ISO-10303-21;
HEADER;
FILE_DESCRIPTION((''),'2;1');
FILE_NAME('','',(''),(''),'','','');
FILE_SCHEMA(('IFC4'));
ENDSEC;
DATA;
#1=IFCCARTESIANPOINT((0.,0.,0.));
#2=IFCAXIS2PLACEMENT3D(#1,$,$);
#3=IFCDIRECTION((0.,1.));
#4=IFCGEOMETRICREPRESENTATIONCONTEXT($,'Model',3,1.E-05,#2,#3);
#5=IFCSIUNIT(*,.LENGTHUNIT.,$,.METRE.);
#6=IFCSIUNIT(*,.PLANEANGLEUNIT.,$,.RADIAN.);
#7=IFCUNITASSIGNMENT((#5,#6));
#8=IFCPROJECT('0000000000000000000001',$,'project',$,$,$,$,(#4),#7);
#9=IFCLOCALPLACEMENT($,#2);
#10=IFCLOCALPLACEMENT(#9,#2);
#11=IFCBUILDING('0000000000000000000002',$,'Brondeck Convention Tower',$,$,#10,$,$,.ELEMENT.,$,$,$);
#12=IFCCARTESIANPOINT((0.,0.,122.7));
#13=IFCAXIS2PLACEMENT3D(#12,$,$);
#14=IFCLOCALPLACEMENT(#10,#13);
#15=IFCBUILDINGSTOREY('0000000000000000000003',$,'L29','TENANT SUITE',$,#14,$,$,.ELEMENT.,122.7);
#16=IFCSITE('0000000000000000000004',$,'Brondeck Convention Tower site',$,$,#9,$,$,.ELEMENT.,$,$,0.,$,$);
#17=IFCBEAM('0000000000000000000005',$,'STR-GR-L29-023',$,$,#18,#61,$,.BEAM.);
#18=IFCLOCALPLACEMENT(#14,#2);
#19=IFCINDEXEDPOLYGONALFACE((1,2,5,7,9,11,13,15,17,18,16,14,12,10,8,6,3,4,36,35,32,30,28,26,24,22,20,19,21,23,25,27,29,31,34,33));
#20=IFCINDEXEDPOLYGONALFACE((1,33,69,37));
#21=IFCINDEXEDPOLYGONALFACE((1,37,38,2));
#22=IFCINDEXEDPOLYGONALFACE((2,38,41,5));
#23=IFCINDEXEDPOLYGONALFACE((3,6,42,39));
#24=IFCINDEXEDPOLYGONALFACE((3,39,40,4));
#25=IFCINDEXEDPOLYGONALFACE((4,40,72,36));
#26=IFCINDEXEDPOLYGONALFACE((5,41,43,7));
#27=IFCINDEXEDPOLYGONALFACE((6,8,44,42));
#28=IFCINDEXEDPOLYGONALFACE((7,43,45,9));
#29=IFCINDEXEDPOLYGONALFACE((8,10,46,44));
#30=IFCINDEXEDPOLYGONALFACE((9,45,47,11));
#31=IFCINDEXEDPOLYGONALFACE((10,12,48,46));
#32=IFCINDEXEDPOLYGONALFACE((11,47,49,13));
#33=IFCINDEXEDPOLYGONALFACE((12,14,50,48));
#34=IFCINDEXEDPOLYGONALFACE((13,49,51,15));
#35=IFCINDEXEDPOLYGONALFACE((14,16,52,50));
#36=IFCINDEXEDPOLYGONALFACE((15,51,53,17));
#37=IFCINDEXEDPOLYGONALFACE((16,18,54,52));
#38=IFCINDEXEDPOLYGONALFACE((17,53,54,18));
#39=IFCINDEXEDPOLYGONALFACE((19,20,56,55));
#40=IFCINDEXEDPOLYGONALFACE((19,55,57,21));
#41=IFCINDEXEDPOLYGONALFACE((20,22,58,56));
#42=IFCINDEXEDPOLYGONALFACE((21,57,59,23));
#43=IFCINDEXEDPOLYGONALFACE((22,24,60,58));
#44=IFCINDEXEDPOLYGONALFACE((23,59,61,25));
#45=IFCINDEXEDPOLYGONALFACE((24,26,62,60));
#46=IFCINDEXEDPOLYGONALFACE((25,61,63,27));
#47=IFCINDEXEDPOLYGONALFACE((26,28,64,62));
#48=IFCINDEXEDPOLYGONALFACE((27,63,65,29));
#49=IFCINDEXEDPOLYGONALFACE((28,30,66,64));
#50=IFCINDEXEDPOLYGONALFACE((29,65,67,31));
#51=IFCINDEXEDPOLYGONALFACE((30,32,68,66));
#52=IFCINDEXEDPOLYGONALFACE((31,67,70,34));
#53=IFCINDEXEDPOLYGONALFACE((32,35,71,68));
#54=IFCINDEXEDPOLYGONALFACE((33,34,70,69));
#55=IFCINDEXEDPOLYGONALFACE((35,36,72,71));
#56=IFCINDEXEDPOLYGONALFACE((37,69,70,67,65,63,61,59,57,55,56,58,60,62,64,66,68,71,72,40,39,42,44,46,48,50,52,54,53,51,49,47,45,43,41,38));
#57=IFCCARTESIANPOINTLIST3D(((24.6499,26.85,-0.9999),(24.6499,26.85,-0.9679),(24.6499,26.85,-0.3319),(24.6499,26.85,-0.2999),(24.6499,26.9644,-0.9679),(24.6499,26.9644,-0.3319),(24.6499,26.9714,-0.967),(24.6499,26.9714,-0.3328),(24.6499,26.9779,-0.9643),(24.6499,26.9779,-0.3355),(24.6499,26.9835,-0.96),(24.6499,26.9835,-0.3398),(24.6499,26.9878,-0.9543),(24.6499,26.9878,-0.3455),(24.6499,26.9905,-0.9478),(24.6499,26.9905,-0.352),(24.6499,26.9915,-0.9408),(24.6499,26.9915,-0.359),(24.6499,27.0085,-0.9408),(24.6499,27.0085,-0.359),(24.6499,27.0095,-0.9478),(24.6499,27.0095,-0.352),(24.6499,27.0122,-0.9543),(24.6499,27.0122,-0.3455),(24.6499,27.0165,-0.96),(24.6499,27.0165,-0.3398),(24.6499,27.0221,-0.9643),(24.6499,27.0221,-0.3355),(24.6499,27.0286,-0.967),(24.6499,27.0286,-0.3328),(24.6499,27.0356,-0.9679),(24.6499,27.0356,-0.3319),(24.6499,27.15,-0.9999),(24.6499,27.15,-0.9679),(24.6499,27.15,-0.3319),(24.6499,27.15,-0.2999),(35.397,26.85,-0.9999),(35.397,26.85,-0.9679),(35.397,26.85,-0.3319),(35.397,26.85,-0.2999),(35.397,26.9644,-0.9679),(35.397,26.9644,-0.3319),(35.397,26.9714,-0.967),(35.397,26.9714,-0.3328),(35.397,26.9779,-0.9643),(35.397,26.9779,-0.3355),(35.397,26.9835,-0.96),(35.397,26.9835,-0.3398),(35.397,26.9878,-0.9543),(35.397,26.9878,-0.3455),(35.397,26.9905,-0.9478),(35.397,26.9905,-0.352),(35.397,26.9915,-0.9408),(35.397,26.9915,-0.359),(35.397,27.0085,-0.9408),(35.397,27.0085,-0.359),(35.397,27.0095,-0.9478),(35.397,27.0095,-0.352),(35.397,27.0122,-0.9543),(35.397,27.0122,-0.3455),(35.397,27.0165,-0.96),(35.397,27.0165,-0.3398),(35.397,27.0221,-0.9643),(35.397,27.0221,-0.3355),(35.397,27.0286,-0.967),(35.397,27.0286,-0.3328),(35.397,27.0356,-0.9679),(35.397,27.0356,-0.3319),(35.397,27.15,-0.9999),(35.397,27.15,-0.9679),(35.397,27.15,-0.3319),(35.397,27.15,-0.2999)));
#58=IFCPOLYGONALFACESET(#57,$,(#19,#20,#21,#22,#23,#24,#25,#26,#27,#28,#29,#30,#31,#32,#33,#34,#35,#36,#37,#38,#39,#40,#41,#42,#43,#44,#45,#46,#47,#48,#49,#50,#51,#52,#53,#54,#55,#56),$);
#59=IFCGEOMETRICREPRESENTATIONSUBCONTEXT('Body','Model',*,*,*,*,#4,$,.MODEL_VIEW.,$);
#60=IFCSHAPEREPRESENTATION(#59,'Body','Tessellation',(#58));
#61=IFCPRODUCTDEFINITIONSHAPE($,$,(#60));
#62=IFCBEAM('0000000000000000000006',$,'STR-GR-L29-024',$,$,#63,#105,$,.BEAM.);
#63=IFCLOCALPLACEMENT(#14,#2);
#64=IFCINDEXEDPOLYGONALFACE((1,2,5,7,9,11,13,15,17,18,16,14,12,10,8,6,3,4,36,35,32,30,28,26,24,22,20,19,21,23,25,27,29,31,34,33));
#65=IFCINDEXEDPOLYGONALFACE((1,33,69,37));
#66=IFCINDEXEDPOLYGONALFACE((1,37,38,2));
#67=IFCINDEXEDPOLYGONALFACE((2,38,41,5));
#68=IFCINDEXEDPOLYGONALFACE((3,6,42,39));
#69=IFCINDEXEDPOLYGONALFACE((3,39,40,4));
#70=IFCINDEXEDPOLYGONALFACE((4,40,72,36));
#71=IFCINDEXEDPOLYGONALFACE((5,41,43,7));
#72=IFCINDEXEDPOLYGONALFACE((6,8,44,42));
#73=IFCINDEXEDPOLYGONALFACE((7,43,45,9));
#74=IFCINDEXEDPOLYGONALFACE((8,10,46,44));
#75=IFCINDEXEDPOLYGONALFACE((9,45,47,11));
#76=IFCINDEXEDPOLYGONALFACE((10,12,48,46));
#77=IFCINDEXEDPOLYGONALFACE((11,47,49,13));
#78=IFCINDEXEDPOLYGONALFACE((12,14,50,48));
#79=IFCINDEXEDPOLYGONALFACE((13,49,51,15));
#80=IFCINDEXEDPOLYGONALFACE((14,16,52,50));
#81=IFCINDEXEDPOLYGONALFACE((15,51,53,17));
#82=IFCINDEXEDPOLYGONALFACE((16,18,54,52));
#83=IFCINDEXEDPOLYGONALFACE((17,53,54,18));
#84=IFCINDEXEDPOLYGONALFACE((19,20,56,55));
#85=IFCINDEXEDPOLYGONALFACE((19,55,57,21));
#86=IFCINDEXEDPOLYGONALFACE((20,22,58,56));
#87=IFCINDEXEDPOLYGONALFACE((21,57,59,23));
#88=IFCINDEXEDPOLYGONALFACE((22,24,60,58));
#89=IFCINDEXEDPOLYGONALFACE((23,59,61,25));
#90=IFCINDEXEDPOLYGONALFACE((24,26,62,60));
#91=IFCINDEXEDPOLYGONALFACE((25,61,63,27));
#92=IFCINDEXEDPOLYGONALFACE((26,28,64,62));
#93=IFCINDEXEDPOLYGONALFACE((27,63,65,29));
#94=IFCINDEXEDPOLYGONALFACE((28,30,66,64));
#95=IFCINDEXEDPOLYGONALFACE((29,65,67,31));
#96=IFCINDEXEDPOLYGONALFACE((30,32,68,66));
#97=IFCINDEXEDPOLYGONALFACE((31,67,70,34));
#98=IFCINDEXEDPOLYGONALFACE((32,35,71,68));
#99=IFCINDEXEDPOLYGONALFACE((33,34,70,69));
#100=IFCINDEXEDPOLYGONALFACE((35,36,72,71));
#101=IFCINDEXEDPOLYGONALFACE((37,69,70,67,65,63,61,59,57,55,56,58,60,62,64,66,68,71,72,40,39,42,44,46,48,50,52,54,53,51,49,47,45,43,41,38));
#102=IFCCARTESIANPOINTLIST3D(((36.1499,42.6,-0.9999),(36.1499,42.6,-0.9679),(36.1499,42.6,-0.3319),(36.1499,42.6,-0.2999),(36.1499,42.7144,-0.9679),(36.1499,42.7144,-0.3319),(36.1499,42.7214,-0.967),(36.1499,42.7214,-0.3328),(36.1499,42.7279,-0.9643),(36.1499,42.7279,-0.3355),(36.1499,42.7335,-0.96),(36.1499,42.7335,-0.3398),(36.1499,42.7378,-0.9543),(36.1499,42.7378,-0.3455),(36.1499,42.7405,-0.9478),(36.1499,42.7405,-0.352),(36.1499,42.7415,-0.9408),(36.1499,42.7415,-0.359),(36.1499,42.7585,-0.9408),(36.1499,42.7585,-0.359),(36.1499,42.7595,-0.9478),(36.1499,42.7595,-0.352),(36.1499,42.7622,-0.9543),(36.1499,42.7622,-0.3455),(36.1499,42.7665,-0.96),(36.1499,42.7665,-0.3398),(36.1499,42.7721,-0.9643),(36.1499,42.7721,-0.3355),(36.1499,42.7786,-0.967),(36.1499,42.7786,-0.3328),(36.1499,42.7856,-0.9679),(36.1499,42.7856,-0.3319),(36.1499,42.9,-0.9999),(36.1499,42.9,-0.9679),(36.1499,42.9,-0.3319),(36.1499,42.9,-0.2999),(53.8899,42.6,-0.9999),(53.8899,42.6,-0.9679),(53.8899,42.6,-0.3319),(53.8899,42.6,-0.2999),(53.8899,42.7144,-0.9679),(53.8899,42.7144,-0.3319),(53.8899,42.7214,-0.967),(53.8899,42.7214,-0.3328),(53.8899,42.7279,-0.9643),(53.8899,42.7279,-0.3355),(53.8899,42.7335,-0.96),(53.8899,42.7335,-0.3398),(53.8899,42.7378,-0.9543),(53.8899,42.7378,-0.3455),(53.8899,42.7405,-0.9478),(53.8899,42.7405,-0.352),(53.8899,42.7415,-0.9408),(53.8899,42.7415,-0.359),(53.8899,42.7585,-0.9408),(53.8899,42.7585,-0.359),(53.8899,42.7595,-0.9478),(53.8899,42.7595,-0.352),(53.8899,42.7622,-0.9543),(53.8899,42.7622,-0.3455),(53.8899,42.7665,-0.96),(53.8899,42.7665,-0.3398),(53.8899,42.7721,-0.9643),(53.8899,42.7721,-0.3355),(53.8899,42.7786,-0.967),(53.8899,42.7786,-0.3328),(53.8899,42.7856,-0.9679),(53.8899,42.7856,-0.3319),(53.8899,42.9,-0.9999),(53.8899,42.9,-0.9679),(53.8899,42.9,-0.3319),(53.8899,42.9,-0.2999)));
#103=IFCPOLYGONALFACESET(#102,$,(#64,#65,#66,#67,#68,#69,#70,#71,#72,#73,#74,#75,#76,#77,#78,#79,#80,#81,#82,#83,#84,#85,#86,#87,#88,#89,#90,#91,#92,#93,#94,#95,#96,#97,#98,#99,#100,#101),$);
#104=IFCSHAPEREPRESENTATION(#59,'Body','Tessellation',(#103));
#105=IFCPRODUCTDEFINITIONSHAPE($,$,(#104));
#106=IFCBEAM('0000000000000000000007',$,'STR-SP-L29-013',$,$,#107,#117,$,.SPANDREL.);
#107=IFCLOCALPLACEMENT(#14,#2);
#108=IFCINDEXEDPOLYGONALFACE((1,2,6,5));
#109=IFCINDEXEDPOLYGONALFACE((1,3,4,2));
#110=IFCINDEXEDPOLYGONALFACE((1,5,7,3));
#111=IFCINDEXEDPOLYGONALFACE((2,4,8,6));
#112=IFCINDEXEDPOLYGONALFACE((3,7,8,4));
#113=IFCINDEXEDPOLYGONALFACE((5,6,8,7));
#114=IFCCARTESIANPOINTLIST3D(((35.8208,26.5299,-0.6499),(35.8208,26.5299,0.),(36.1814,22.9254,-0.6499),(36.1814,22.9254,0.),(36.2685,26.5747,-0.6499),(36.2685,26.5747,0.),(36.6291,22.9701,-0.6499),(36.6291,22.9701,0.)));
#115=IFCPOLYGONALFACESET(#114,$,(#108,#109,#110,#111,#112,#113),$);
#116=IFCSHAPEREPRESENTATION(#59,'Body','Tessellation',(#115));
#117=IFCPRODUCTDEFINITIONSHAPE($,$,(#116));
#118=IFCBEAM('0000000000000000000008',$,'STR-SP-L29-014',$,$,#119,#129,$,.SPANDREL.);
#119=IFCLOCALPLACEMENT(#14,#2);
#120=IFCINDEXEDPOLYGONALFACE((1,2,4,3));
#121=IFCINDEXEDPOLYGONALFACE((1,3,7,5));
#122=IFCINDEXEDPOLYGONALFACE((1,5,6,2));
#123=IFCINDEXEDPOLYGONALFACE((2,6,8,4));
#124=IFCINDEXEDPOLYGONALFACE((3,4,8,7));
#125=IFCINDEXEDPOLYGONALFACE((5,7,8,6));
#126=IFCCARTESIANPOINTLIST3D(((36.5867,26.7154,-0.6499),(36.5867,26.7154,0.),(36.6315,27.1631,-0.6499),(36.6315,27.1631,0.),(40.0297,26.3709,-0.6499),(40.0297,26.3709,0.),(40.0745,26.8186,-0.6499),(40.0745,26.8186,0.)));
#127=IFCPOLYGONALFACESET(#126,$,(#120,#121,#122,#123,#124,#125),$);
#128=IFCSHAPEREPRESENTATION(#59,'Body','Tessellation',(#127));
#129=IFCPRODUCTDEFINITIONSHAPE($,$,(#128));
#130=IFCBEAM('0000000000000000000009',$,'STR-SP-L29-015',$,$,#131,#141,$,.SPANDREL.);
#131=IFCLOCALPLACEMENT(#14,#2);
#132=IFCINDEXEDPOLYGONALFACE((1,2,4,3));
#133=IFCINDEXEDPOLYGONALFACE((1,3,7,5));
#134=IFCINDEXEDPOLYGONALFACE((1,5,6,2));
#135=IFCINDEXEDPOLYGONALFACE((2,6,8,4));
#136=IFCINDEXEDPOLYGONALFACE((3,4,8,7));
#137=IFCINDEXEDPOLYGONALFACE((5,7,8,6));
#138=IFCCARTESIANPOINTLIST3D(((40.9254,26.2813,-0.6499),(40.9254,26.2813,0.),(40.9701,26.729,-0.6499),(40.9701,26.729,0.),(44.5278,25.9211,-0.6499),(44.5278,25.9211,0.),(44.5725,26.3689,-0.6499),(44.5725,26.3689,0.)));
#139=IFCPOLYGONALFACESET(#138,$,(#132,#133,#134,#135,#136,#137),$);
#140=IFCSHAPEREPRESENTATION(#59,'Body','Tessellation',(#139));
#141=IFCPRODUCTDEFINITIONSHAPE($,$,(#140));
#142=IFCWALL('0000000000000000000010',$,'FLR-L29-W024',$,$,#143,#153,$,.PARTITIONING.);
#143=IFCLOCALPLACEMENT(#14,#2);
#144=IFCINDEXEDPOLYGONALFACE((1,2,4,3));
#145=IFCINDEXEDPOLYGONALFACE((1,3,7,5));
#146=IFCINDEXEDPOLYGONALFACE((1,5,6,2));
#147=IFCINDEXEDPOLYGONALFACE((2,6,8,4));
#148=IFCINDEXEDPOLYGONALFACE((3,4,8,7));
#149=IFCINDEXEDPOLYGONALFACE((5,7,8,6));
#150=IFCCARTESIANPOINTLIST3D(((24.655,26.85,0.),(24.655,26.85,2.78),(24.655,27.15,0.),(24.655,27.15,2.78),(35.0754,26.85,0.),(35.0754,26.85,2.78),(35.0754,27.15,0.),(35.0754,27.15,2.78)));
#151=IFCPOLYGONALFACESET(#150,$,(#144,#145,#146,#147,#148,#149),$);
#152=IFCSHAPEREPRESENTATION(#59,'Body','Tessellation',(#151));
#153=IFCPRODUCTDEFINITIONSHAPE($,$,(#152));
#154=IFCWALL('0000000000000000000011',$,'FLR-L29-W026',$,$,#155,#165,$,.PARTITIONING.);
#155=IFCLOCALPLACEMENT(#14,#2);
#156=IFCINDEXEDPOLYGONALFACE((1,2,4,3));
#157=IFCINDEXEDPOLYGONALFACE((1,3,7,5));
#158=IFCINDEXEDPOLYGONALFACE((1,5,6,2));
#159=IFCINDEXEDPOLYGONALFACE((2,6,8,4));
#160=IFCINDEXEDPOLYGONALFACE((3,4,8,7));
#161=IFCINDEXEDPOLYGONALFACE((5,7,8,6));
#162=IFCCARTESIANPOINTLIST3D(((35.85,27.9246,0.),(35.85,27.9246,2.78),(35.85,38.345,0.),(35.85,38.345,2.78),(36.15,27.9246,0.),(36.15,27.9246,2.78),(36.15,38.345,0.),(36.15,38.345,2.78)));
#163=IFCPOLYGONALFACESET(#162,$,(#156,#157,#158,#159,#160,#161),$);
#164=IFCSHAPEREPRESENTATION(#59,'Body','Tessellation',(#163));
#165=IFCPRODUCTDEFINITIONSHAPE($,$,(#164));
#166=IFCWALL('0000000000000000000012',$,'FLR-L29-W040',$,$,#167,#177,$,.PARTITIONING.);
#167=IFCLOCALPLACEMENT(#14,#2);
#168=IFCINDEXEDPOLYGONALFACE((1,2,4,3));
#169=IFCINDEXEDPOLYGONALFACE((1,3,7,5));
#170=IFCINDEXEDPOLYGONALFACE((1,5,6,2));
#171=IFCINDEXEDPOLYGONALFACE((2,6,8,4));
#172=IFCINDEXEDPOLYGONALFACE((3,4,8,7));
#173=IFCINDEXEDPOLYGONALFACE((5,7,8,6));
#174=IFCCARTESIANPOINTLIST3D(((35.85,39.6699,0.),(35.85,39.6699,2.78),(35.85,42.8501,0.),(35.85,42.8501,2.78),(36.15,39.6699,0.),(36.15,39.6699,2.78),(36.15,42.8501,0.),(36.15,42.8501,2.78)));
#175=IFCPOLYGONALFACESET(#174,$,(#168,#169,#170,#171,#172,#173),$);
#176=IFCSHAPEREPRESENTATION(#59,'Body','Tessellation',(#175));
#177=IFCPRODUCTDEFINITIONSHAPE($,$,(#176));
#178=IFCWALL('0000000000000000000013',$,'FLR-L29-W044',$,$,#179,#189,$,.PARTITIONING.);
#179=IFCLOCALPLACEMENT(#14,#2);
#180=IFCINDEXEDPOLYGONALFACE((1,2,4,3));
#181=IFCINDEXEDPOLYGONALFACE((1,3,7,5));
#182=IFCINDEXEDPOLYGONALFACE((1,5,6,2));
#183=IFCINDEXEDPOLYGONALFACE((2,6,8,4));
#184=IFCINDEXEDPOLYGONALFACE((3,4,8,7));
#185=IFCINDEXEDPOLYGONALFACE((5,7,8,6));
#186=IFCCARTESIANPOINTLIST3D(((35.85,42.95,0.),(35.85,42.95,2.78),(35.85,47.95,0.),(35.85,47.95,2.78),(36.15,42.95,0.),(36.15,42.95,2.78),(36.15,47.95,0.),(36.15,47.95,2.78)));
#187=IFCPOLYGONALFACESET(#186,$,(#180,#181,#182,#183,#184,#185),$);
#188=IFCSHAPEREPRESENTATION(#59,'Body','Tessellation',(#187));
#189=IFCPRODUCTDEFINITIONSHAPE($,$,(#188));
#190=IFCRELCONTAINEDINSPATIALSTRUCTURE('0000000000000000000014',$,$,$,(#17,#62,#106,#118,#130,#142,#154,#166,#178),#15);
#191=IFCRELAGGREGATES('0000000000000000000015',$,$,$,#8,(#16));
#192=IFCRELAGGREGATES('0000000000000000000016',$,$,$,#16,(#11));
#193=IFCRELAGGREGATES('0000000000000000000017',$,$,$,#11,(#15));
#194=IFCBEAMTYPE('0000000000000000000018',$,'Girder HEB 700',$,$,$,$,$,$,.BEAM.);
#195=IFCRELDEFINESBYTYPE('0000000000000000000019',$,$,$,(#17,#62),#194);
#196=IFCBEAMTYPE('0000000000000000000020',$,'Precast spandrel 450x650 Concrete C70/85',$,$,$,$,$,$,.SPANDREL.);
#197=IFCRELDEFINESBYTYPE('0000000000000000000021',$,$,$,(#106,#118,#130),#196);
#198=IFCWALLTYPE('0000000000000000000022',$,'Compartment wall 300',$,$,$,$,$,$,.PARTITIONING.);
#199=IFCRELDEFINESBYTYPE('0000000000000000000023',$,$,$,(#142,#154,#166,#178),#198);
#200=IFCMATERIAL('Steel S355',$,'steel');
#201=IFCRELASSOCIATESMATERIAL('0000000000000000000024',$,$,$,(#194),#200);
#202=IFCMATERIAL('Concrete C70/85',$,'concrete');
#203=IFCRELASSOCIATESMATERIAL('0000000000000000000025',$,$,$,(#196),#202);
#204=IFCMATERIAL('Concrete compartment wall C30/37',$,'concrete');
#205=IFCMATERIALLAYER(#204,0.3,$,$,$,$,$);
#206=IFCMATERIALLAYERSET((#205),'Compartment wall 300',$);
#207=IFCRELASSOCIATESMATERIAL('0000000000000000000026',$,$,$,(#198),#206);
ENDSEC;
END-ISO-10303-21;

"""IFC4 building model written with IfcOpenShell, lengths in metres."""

from ifc_helpers import new_model, si_unit, direction, frame, frame_2d, origin, origin_2d, place, context, subcontext, project, spatial, rectangle, i_section, extrude, material, layer, layer_set, material_profile, profile_set, type_object, element, save


model = new_model("IFC4")

# Units and contexts
model_context = context("Model", 3, precision=1e-05, world=origin(), true_north=direction((0.0, 1.0)))
body_context = subcontext(model_context, "Body", "Model", "MODEL_VIEW")
ifc_project = project(units=[si_unit("LENGTHUNIT", "METRE"), si_unit("PLANEANGLEUNIT", "RADIAN")], contexts=[model_context])

# Site, building, storey
site_placement = place(None, origin())
site = spatial("IfcSite", under=ifc_project, at=site_placement, Name="Brondeck Convention Tower site", CompositionType="ELEMENT", RefElevation=0.0)
building_placement = place(site_placement, origin())
building = spatial("IfcBuilding", under=site, at=building_placement, Name="Brondeck Convention Tower", CompositionType="ELEMENT")
storey_placement = place(building_placement, frame((0.0, 0.0, 122.7)))
storey = spatial("IfcBuildingStorey", under=building, at=storey_placement, Name="L29", Description="TENANT SUITE", CompositionType="ELEMENT", Elevation=122.7)

# Shared definitions
ifc_material_1 = material(Name="Concrete C70/85", Category="concrete")

# Beams
ifc_material_2 = material(Name="Steel S355", Category="steel")
ifc_material_profile_1 = material_profile(ifc_material_2, i_section(OverallWidth=0.3, OverallDepth=0.7, WebThickness=0.0171, FlangeThickness=0.032, FilletRadius=0.0271, at=origin_2d()), Name="HEB 700")
ifc_profile_set_1 = profile_set([ifc_material_profile_1], Name="Steel S355")
beam_type_1 = type_object("IfcBeamType", Name="Girder HEB 700", PredefinedType="BEAM", material=ifc_profile_set_1)
beam_1_placement = place(storey_placement, frame((24.6499, 27.0, -0.6499), z_axis=(1.0, 0.0, 0.0), x_axis=(0.0, 1.0, 0.0)))
element("IfcBeam", 1, at=beam_1_placement, inside=storey, type_object=beam_type_1, Name="STR-GR-L29-023", PredefinedType="BEAM", context=body_context, shape_type="SweptSolid", body=[
    extrude(i_section(OverallWidth=0.3, OverallDepth=0.7, WebThickness=0.0171, FlangeThickness=0.032, FilletRadius=0.0271, at=origin_2d()), origin(), (0.0, 0.0, 1.0), 10.7471),
])
beam_2_placement = place(storey_placement, frame((36.1499, 42.75, -0.6499), z_axis=(1.0, 0.0, 0.0), x_axis=(0.0, 1.0, 0.0)))
element("IfcBeam", 2, at=beam_2_placement, inside=storey, type_object=beam_type_1, Name="STR-GR-L29-024", PredefinedType="BEAM", context=body_context, shape_type="SweptSolid", body=[
    extrude(i_section(OverallWidth=0.3, OverallDepth=0.7, WebThickness=0.0171, FlangeThickness=0.032, FilletRadius=0.0271, at=origin_2d()), origin(), (0.0, 0.0, 1.0), 17.74),
])
ifc_material_profile_2 = material_profile(ifc_material_1, rectangle(XDim=0.45, YDim=0.6499, at=origin_2d()), Name="Precast spandrel 450x650 Concrete C70/85")
ifc_profile_set_2 = profile_set([ifc_material_profile_2], Name="Concrete C70/85")
beam_type_2 = type_object("IfcBeamType", Name="Precast spandrel 450x650 Concrete C70/85", PredefinedType="SPANDREL", material=ifc_profile_set_2)
beam_3_placement = place(storey_placement, frame((36.4053, 22.9478, -0.325), z_axis=(-0.099544, 0.995033, 0.0), x_axis=(-0.995033, -0.099544, 0.0)))
element("IfcBeam", 3, at=beam_3_placement, inside=storey, type_object=beam_type_2, Name="STR-SP-L29-013", PredefinedType="SPANDREL", context=body_context, shape_type="SweptSolid", body=[
    extrude(rectangle(XDim=0.45, YDim=0.6499, at=origin_2d()), origin(), (0.0, 0.0, 1.0), 3.6226),
])
beam_4_placement = place(storey_placement, frame((36.6091, 26.9392, -0.325), z_axis=(0.995032, -0.099553, 0.0), x_axis=(0.099553, 0.995032, 0.0)))
element("IfcBeam", 4, at=beam_4_placement, inside=storey, type_object=beam_type_2, Name="STR-SP-L29-014", PredefinedType="SPANDREL", context=body_context, shape_type="SweptSolid", body=[
    extrude(rectangle(XDim=0.45, YDim=0.6499, at=origin_2d()), origin(), (0.0, 0.0, 1.0), 3.4602),
])
beam_5_placement = place(storey_placement, frame((40.9478, 26.5051, -0.325), z_axis=(0.995041, -0.09947, 0.0), x_axis=(0.09947, 0.995041, 0.0)))
element("IfcBeam", 5, at=beam_5_placement, inside=storey, type_object=beam_type_2, Name="STR-SP-L29-015", PredefinedType="SPANDREL", context=body_context, shape_type="SweptSolid", body=[
    extrude(rectangle(XDim=0.45, YDim=0.6499, at=origin_2d()), origin(), (0.0, 0.0, 1.0), 3.6204),
])

# Walls
ifc_material_3 = material(Name="Concrete compartment wall C30/37", Category="concrete")
ifc_layer_1 = layer(ifc_material_3, 0.3)
ifc_layer_set_1 = layer_set([ifc_layer_1], Name="Compartment wall 300")
wall_type_1 = type_object("IfcWallType", Name="Compartment wall 300", PredefinedType="PARTITIONING", material=ifc_layer_set_1)
for number, where, z_axis, x_axis, name in (
    (6, (24.655, 27.0, 0.0), (0.0, 0.0, 1.0), (1.0, 0.0, 0.0), "FLR-L29-W024"),
    (7, (36.0, 27.9246, 0.0), (0.0, 0.0, 1.0), (0.0, 1.0, 0.0), "FLR-L29-W026"),
):
    element("IfcWall", number, at=place(storey_placement, frame(where, z_axis=z_axis, x_axis=x_axis)), inside=storey, type_object=wall_type_1, Name=name, PredefinedType="PARTITIONING", context=body_context, shape_type="SweptSolid", body=[
        extrude(rectangle(XDim=10.4204, YDim=0.3, at=frame_2d((5.2102, 0.0))), origin(), (0.0, 0.0, 1.0), 2.78),
    ])
wall_1_placement = place(storey_placement, frame((36.0, 39.6699, 0.0), z_axis=(0.0, 0.0, 1.0), x_axis=(0.0, 1.0, 0.0)))
element("IfcWall", 8, at=wall_1_placement, inside=storey, type_object=wall_type_1, Name="FLR-L29-W040", PredefinedType="PARTITIONING", context=body_context, shape_type="SweptSolid", body=[
    extrude(rectangle(XDim=3.1802, YDim=0.3, at=frame_2d((1.5901, 0.0))), origin(), (0.0, 0.0, 1.0), 2.78),
])
wall_2_placement = place(storey_placement, frame((36.0, 42.95, 0.0), z_axis=(0.0, 0.0, 1.0), x_axis=(0.0, 1.0, 0.0)))
element("IfcWall", 9, at=wall_2_placement, inside=storey, type_object=wall_type_1, Name="FLR-L29-W044", PredefinedType="PARTITIONING", context=body_context, shape_type="SweptSolid", body=[
    extrude(rectangle(XDim=5.0, YDim=0.3, at=frame_2d((2.5, 0.0))), origin(), (0.0, 0.0, 1.0), 2.78),
])

save(model, "model.ifc")
